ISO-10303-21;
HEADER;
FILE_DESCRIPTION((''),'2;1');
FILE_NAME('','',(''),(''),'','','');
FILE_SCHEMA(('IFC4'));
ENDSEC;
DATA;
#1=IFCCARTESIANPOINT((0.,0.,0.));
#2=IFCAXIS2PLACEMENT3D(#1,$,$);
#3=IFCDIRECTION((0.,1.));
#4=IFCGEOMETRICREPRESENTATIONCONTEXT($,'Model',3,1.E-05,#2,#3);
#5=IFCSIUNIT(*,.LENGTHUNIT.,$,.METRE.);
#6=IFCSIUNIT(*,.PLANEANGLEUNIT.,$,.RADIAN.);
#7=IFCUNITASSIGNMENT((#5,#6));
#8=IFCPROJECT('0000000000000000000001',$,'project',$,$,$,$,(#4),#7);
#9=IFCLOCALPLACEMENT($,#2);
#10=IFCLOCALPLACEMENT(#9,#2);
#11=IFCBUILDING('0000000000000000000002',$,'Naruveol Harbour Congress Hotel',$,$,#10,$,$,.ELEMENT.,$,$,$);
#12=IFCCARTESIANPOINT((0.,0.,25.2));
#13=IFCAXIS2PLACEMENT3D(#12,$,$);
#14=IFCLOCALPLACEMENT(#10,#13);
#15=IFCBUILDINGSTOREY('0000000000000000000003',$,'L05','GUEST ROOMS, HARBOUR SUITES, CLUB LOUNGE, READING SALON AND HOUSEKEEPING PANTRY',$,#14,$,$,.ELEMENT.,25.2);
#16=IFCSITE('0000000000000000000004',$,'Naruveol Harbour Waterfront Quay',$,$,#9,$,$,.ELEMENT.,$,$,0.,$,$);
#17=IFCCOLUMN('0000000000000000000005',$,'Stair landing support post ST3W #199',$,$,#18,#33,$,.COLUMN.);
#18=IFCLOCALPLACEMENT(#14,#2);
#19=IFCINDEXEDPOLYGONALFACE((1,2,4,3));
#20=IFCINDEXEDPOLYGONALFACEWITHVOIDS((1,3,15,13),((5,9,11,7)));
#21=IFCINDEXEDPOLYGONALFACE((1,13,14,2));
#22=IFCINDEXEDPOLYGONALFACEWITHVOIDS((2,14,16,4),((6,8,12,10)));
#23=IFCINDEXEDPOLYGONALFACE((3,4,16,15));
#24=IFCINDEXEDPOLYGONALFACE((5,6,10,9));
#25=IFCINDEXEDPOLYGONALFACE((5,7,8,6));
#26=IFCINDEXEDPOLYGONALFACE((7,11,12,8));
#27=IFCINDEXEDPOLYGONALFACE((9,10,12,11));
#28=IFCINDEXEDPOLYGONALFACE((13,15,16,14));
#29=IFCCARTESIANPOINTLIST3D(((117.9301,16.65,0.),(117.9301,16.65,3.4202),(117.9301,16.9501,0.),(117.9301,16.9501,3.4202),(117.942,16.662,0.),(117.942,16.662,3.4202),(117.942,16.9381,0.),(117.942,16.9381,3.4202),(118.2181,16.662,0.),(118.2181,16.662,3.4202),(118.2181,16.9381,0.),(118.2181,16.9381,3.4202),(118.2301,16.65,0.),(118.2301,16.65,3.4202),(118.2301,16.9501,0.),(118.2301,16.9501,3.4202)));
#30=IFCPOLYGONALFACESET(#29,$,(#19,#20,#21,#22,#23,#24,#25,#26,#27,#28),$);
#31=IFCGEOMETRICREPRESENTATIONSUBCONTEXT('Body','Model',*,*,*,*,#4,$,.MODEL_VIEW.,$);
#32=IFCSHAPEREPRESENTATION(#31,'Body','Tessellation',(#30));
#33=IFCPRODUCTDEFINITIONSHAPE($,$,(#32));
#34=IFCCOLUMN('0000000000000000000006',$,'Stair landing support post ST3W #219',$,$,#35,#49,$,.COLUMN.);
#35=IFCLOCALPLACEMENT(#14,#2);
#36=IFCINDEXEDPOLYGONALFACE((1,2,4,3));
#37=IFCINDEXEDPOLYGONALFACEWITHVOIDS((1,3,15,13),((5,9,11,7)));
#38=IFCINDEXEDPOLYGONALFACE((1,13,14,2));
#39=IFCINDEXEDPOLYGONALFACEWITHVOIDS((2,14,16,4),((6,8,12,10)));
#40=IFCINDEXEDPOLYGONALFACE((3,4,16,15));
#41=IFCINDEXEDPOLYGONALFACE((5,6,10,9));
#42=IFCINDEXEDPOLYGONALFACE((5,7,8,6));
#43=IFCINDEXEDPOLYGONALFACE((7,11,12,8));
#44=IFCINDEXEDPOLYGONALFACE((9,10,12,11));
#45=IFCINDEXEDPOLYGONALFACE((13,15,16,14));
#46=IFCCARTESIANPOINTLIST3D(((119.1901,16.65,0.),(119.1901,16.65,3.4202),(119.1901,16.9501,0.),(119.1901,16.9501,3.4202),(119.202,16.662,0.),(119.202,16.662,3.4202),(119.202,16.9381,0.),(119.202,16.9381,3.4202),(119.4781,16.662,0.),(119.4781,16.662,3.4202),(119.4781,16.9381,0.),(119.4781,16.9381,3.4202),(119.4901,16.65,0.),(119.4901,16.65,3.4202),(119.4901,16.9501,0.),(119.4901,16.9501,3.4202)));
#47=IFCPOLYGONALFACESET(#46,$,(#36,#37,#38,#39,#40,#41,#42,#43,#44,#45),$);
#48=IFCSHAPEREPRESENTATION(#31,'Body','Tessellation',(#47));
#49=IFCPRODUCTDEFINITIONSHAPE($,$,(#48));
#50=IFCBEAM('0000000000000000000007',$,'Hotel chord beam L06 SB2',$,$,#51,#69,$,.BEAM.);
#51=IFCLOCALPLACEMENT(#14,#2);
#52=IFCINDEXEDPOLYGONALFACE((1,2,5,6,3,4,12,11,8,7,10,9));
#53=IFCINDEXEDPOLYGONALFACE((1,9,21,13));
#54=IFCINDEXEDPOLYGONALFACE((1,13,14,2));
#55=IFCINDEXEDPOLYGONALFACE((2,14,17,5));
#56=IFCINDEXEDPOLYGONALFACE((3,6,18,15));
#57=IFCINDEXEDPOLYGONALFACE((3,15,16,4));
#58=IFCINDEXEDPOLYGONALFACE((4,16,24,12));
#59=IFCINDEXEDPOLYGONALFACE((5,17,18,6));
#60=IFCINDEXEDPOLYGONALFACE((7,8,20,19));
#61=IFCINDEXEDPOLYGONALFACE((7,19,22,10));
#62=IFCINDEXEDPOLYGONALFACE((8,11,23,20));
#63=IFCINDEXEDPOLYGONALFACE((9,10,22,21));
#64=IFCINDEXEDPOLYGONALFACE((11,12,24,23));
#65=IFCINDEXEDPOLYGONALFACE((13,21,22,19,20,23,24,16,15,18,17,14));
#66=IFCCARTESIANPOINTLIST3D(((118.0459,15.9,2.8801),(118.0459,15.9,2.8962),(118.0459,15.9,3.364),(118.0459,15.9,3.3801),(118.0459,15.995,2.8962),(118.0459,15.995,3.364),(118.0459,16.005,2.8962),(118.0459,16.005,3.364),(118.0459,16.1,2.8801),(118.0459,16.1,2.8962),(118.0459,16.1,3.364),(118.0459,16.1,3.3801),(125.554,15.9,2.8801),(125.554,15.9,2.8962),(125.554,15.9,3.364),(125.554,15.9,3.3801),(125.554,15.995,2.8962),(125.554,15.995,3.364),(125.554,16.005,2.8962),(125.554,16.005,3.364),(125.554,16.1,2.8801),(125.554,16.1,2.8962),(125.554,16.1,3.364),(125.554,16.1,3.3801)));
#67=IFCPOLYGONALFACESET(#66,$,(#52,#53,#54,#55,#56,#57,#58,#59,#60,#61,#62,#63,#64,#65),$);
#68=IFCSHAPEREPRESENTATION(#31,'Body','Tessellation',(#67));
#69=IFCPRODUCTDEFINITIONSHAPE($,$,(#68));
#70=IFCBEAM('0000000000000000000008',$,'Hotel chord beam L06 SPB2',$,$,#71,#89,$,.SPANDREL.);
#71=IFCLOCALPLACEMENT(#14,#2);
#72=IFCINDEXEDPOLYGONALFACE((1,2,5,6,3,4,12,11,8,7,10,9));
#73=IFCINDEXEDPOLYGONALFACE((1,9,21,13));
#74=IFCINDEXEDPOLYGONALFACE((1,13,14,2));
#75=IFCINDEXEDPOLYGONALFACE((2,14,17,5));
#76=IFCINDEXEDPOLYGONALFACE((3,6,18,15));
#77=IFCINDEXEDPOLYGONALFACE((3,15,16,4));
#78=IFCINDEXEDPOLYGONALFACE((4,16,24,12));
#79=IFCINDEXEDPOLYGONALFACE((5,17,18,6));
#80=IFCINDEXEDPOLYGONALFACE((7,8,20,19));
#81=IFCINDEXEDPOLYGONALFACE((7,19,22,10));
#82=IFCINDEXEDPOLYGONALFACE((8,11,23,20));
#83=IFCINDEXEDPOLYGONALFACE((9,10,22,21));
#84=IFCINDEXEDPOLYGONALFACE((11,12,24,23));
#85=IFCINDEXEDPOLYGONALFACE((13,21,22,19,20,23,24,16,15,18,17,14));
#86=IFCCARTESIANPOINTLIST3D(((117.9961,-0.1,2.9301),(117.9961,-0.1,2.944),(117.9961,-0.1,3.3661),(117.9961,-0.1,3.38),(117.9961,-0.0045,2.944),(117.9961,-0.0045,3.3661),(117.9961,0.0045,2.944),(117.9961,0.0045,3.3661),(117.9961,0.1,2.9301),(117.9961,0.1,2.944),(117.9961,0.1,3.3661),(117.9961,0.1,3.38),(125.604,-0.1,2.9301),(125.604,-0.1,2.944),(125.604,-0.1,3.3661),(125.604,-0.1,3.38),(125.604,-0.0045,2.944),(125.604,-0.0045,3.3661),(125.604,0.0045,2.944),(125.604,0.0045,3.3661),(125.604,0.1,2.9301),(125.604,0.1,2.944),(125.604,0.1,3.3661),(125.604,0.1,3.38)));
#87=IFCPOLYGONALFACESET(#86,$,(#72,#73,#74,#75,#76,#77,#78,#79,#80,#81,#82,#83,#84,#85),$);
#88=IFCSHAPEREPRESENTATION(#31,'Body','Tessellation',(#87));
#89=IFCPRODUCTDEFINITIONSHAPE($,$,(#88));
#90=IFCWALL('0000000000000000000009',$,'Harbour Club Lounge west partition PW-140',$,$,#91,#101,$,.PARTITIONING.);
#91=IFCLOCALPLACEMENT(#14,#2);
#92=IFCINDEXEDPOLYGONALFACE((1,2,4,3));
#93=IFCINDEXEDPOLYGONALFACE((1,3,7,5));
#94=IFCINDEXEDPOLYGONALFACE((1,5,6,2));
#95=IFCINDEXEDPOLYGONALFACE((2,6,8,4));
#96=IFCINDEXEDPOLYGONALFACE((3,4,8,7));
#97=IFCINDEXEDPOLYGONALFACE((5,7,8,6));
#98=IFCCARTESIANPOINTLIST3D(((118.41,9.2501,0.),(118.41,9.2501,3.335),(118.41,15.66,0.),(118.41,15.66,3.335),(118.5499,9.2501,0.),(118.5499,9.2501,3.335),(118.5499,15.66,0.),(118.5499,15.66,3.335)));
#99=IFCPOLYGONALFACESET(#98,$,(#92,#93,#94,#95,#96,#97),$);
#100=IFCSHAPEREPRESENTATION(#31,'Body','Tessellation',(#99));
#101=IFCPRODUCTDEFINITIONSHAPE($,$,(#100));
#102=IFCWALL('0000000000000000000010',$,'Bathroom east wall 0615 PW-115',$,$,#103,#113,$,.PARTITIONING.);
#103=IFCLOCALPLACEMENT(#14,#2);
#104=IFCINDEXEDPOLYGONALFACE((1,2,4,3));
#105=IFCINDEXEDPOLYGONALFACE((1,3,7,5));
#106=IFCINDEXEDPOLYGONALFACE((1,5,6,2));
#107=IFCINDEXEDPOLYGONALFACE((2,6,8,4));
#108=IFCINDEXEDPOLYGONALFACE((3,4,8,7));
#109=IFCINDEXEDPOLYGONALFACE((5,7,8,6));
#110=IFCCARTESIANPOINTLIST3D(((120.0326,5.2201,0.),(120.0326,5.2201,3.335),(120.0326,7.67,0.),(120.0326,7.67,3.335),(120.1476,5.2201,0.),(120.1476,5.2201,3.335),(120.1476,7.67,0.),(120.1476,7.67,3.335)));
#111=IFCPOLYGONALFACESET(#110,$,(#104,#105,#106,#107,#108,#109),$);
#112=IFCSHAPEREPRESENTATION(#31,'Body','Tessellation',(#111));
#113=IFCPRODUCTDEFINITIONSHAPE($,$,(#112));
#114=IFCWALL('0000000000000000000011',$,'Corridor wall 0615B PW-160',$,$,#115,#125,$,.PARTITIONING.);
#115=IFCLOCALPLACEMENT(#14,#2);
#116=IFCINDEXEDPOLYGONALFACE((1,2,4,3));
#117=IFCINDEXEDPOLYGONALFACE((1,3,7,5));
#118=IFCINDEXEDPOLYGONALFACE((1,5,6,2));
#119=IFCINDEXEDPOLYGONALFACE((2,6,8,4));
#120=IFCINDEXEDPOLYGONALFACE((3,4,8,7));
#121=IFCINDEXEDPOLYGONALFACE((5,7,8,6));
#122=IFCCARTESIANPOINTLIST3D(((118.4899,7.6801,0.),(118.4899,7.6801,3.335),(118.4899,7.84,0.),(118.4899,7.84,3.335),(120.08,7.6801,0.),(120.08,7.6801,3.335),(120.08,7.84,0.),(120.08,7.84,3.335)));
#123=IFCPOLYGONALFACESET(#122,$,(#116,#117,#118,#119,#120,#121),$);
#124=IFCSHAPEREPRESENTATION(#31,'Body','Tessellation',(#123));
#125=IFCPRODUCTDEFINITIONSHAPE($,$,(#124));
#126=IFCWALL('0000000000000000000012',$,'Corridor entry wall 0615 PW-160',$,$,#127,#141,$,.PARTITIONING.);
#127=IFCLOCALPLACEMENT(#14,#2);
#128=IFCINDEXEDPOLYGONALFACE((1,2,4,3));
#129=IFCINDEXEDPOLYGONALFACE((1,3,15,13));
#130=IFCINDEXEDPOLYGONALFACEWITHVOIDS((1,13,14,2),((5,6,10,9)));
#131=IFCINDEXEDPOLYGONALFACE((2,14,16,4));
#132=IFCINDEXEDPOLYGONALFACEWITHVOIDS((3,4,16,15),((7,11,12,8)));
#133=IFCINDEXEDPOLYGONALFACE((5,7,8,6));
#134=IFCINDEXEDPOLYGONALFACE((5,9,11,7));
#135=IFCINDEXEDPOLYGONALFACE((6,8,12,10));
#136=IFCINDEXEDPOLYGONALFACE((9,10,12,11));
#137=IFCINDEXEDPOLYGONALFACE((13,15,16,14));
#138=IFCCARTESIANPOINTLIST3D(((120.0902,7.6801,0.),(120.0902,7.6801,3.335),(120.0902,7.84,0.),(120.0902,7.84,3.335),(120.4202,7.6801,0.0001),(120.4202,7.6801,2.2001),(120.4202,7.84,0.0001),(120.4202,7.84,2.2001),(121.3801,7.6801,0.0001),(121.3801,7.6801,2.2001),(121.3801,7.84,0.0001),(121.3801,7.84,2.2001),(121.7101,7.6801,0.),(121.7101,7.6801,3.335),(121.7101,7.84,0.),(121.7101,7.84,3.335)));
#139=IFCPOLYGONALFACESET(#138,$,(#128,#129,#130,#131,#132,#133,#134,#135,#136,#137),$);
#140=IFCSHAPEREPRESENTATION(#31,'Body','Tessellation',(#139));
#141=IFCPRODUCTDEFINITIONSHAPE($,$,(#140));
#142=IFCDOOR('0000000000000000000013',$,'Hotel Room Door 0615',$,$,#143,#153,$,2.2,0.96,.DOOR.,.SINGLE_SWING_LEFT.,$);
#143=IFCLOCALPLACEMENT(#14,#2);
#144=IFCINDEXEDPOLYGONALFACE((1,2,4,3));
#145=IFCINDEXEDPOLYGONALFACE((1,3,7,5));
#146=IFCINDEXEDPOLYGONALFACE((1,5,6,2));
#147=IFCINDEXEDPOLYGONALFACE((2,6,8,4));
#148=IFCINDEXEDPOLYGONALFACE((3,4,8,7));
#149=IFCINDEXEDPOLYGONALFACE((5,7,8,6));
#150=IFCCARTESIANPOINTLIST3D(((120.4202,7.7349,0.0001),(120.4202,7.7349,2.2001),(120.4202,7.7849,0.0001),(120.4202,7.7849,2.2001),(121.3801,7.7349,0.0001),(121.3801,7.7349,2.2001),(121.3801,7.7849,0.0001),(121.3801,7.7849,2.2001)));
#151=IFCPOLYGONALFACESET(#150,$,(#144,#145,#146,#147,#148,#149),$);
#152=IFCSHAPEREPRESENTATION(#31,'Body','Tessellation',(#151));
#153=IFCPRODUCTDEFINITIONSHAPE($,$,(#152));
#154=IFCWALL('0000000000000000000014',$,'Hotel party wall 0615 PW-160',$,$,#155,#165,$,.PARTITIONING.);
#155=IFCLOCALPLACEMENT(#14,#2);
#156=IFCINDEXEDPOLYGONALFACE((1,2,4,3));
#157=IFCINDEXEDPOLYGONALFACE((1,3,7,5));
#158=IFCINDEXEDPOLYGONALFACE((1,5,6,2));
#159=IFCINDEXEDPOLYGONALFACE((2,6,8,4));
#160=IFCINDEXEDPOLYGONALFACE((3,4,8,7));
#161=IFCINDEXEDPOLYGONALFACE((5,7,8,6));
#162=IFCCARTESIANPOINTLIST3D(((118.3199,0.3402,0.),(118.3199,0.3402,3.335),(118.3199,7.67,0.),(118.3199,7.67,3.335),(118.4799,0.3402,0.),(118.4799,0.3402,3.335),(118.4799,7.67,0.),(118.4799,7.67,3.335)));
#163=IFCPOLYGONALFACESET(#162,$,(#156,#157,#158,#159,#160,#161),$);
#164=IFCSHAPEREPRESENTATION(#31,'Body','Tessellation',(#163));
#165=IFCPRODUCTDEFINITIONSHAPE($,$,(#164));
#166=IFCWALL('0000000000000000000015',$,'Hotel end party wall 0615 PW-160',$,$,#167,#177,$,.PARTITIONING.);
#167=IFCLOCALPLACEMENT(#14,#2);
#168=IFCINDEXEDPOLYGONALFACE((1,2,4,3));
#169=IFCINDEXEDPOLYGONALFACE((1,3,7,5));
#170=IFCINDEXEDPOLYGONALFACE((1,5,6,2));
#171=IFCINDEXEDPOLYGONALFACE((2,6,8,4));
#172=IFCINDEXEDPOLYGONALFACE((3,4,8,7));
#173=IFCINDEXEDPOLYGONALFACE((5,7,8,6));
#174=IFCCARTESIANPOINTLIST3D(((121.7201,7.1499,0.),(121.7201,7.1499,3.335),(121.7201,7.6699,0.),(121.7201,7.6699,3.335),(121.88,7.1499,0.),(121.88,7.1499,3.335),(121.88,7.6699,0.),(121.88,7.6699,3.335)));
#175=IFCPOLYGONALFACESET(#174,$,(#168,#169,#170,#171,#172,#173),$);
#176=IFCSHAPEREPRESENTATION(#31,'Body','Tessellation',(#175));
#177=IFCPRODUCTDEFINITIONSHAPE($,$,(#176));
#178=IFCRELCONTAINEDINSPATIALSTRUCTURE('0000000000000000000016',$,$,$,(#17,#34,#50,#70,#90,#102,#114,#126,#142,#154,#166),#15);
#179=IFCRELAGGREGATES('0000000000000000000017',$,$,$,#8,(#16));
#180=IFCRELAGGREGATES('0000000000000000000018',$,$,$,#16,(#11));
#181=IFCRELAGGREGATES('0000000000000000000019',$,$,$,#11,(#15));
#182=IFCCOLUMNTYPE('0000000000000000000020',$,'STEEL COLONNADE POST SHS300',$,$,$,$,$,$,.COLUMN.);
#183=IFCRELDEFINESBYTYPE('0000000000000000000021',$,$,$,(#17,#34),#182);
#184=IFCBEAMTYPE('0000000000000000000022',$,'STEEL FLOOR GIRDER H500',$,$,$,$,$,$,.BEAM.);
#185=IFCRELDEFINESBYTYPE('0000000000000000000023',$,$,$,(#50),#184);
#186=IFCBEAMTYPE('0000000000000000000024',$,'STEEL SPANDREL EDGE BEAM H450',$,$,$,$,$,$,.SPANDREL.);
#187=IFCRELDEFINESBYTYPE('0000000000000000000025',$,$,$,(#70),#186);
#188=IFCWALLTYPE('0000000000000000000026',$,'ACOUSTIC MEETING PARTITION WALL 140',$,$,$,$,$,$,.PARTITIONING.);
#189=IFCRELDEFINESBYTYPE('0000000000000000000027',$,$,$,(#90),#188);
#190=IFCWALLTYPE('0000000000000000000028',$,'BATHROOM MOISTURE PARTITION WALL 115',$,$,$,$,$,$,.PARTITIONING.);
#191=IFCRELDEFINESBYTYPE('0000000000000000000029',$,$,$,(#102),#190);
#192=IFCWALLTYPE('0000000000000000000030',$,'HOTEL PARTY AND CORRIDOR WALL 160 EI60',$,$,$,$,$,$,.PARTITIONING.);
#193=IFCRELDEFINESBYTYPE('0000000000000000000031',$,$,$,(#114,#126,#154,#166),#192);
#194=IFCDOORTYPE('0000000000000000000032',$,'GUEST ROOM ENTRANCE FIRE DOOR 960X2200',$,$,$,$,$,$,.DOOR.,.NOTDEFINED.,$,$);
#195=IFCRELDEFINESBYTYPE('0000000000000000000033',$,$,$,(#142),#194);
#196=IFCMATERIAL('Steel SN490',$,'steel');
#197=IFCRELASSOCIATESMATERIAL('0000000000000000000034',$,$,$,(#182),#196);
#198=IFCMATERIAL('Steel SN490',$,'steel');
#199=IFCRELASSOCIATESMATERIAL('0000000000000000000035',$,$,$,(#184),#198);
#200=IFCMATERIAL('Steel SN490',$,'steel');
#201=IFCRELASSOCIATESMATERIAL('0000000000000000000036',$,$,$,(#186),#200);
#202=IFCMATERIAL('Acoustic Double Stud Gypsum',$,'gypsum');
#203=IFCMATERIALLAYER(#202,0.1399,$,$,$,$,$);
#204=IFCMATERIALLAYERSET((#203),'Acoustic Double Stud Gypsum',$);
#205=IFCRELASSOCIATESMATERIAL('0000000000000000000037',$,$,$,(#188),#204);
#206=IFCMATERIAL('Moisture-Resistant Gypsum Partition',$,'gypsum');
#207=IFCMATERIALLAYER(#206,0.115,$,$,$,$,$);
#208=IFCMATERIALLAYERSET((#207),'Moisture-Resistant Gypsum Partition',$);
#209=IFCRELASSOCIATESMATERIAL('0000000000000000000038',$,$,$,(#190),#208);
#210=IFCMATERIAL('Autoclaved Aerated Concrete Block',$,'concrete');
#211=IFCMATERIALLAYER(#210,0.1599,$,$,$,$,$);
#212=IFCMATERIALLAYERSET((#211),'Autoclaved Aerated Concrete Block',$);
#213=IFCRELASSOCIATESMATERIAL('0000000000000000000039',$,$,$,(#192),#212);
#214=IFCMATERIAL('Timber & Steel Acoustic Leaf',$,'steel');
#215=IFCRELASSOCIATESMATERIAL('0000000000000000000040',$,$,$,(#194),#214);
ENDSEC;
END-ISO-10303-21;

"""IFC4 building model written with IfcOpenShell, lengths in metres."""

from ifc_helpers import new_model, si_unit, direction, frame, frame_2d, origin, origin_2d, place, context, subcontext, project, spatial, rectangle, hollow_rectangle, i_section, extrude, material, layer, layer_set, material_profile, profile_set, type_object, element, fill, save


model = new_model("IFC4")

# Units and contexts
model_context = context("Model", 3, precision=1e-05, world=origin(), true_north=direction((0.0, 1.0)))
body_context = subcontext(model_context, "Body", "Model", "MODEL_VIEW")
ifc_project = project(units=[si_unit("LENGTHUNIT", "METRE"), si_unit("PLANEANGLEUNIT", "RADIAN")], contexts=[model_context])

# Site, building, storey
site_placement = place(None, origin())
site = spatial("IfcSite", under=ifc_project, at=site_placement, Name="Naruveol Harbour Waterfront Quay", CompositionType="ELEMENT", RefElevation=0.0)
building_placement = place(site_placement, origin())
building = spatial("IfcBuilding", under=site, at=building_placement, Name="Naruveol Harbour Congress Hotel", CompositionType="ELEMENT")
storey_placement = place(building_placement, frame((0.0, 0.0, 25.2)))
storey = spatial("IfcBuildingStorey", under=building, at=storey_placement, Name="L05", Description="GUEST ROOMS, HARBOUR SUITES, CLUB LOUNGE, READING SALON AND HOUSEKEEPING PANTRY", CompositionType="ELEMENT", Elevation=25.2)

# Columns
ifc_material_1 = material(Name="Steel SN490", Category="steel")
ifc_material_profile_1 = material_profile(ifc_material_1, hollow_rectangle(XDim=0.3, YDim=0.3, WallThickness=0.012, at=origin_2d()), Name="SHS-300x300x12")
ifc_profile_set_1 = profile_set([ifc_material_profile_1], Name="Steel SN490")
column_type = type_object("IfcColumnType", Name="STEEL COLONNADE POST SHS300", PredefinedType="COLUMN", material=ifc_profile_set_1)
for number, where, z_axis, x_axis, name in (
    (1, (118.0801, 16.8, 0.0), (0.0, 0.0, 1.0), (1.0, 0.0, 0.0), "Stair landing support post ST3W #199"),
    (2, (119.3401, 16.8, 0.0), (0.0, 0.0, 1.0), (1.0, 0.0, 0.0), "Stair landing support post ST3W #219"),
):
    element("IfcColumn", number, at=place(storey_placement, frame(where, z_axis=z_axis, x_axis=x_axis)), inside=storey, type_object=column_type, Name=name, PredefinedType="COLUMN", context=body_context, shape_type="SweptSolid", body=[
        extrude(hollow_rectangle(XDim=0.3, YDim=0.3, WallThickness=0.012, at=origin_2d()), origin(), (0.0, 0.0, 1.0), 3.4202),
    ])

# Beams
ifc_material_2 = material(Name="Steel SN490", Category="steel")
ifc_material_profile_2 = material_profile(ifc_material_2, i_section(OverallWidth=0.2, OverallDepth=0.5, WebThickness=0.01, FlangeThickness=0.0161, at=origin_2d()), Name="H-500x200x10x16")
ifc_profile_set_2 = profile_set([ifc_material_profile_2], Name="Steel SN490")
beam_type_1 = type_object("IfcBeamType", Name="STEEL FLOOR GIRDER H500", PredefinedType="BEAM", material=ifc_profile_set_2)
beam_1_placement = place(storey_placement, frame((118.0459, 16.0, 3.1301), z_axis=(1.0, 0.0, 0.0), x_axis=(0.0, 1.0, 0.0)))
element("IfcBeam", 3, at=beam_1_placement, inside=storey, type_object=beam_type_1, Name="Hotel chord beam L06 SB2", PredefinedType="BEAM", context=body_context, shape_type="SweptSolid", body=[
    extrude(i_section(OverallWidth=0.2, OverallDepth=0.5, WebThickness=0.01, FlangeThickness=0.0161, at=origin_2d()), origin(), (0.0, 0.0, 1.0), 7.5081),
])
ifc_material_3 = material(Name="Steel SN490", Category="steel")
ifc_material_profile_3 = material_profile(ifc_material_3, i_section(OverallWidth=0.2, OverallDepth=0.45, WebThickness=0.009, FlangeThickness=0.0139, at=origin_2d()), Name="H-450x200x9x14")
ifc_profile_set_3 = profile_set([ifc_material_profile_3], Name="Steel SN490")
beam_type_2 = type_object("IfcBeamType", Name="STEEL SPANDREL EDGE BEAM H450", PredefinedType="SPANDREL", material=ifc_profile_set_3)
beam_2_placement = place(storey_placement, frame((117.9961, 0.0, 3.155), z_axis=(1.0, 0.0, 0.0), x_axis=(0.0, 1.0, 0.0)))
element("IfcBeam", 4, at=beam_2_placement, inside=storey, type_object=beam_type_2, Name="Hotel chord beam L06 SPB2", PredefinedType="SPANDREL", context=body_context, shape_type="SweptSolid", body=[
    extrude(i_section(OverallWidth=0.2, OverallDepth=0.45, WebThickness=0.009, FlangeThickness=0.0139, at=origin_2d()), origin(), (0.0, 0.0, 1.0), 7.6079),
])

# Shared definitions
ifc_material_4 = material(Name="Acoustic Double Stud Gypsum", Category="gypsum")
ifc_layer_1 = layer(ifc_material_4, 0.1399)
ifc_layer_set_1 = layer_set([ifc_layer_1], Name="Acoustic Double Stud Gypsum")
wall_type_1 = type_object("IfcWallType", Name="ACOUSTIC MEETING PARTITION WALL 140", PredefinedType="PARTITIONING", material=ifc_layer_set_1)

# Walls
wall_1_placement = place(storey_placement, frame((118.48, 9.25, 0.0), z_axis=(0.0, 0.0, 1.0), x_axis=(0.0, 1.0, 0.0)))
element("IfcWall", 5, at=wall_1_placement, inside=storey, type_object=wall_type_1, Name="Harbour Club Lounge west partition PW-140", PredefinedType="PARTITIONING", context=body_context, shape_type="SweptSolid", body=[
    extrude(rectangle(XDim=6.4099, YDim=0.1399, at=frame_2d((3.2051, 0.0))), origin(), (0.0, 0.0, 1.0), 3.335),
])
ifc_material_5 = material(Name="Moisture-Resistant Gypsum Partition", Category="gypsum")
ifc_layer_2 = layer(ifc_material_5, 0.115)
ifc_layer_set_2 = layer_set([ifc_layer_2], Name="Moisture-Resistant Gypsum Partition")
wall_type_2 = type_object("IfcWallType", Name="BATHROOM MOISTURE PARTITION WALL 115", PredefinedType="PARTITIONING", material=ifc_layer_set_2)
wall_2_placement = place(storey_placement, frame((120.0901, 5.22, 0.0), z_axis=(0.0, 0.0, 1.0), x_axis=(0.0, 1.0, 0.0)))
element("IfcWall", 6, at=wall_2_placement, inside=storey, type_object=wall_type_2, Name="Bathroom east wall 0615 PW-115", PredefinedType="PARTITIONING", context=body_context, shape_type="SweptSolid", body=[
    extrude(rectangle(XDim=2.45, YDim=0.115, at=frame_2d((1.2251, 0.0))), origin(), (0.0, 0.0, 1.0), 3.335),
])

# Wall
ifc_material_6 = material(Name="Autoclaved Aerated Concrete Block", Category="concrete")
ifc_layer_3 = layer(ifc_material_6, 0.1599)
ifc_layer_set_3 = layer_set([ifc_layer_3], Name="Autoclaved Aerated Concrete Block")
wall_type_3 = type_object("IfcWallType", Name="HOTEL PARTY AND CORRIDOR WALL 160 EI60", PredefinedType="PARTITIONING", material=ifc_layer_set_3)
wall_3_placement = place(storey_placement, frame((118.49, 7.76, 0.0), z_axis=(0.0, 0.0, 1.0), x_axis=(1.0, 0.0, 0.0)))
element("IfcWall", 7, at=wall_3_placement, inside=storey, type_object=wall_type_3, Name="Corridor wall 0615B PW-160", PredefinedType="PARTITIONING", context=body_context, shape_type="SweptSolid", body=[
    extrude(rectangle(XDim=1.5901, YDim=0.1599, at=frame_2d((0.7949, 0.0))), origin(), (0.0, 0.0, 1.0), 3.335),
])

# Wall, opening, door
wall_4_placement = place(storey_placement, frame((120.0901, 7.76, 0.0), z_axis=(0.0, 0.0, 1.0), x_axis=(1.0, 0.0, 0.0)))
wall_4 = element("IfcWall", 8, at=wall_4_placement, inside=storey, type_object=wall_type_3, Name="Corridor entry wall 0615 PW-160", PredefinedType="PARTITIONING", context=body_context, shape_type="SweptSolid", body=[
    extrude(rectangle(XDim=1.6199, YDim=0.1599, at=frame_2d((0.8101, 0.0))), origin(), (0.0, 0.0, 1.0), 3.335),
])
opening_1_placement = place(wall_4_placement, frame((0.3301, 0.0, 0.0)))
opening_1 = element("IfcOpeningElement", 9, at=opening_1_placement, cuts=wall_4, PredefinedType="OPENING", context=body_context, shape_type="SweptSolid", body=[
    extrude(rectangle(XDim=0.96, YDim=2.2, at=frame_2d((0.48, 1.1001))), frame((0.0, 0.0898, 0.0), z_axis=(0.0, -1.0, 0.0), x_axis=(1.0, 0.0, 0.0)), (0.0, 0.0, 1.0), 0.1799),
])
ifc_material_7 = material(Name="Timber & Steel Acoustic Leaf", Category="steel")
door_type_1 = type_object("IfcDoorType", Name="GUEST ROOM ENTRANCE FIRE DOOR 960X2200", OperationType="NOTDEFINED", PredefinedType="DOOR", material=ifc_material_7)
door_1_placement = place(opening_1_placement, origin())
door_1 = element("IfcDoor", 10, at=door_1_placement, inside=storey, type_object=door_type_1, Name="Hotel Room Door 0615", OperationType="SINGLE_SWING_LEFT", OverallHeight=2.2, OverallWidth=0.96, PredefinedType="DOOR", context=body_context, shape_type="SweptSolid", body=[
    extrude(rectangle(XDim=0.96, YDim=2.2, at=frame_2d((0.48, 1.1001))), frame((0.0, 0.0249, 0.0), z_axis=(0.0, -1.0, 0.0), x_axis=(1.0, 0.0, 0.0)), (0.0, 0.0, 1.0), 0.05),
])
fill(opening_1, door_1)

# Walls
wall_5_placement = place(storey_placement, frame((118.3999, 0.3401, 0.0), z_axis=(0.0, 0.0, 1.0), x_axis=(0.0, 1.0, 0.0)))
element("IfcWall", 11, at=wall_5_placement, inside=storey, type_object=wall_type_3, Name="Hotel party wall 0615 PW-160", PredefinedType="PARTITIONING", context=body_context, shape_type="SweptSolid", body=[
    extrude(rectangle(XDim=7.3298, YDim=0.1599, at=frame_2d((3.665, 0.0))), origin(), (0.0, 0.0, 1.0), 3.335),
])
wall_6_placement = place(storey_placement, frame((121.8, 7.1499, 0.0), z_axis=(0.0, 0.0, 1.0), x_axis=(0.0, 1.0, 0.0)))
element("IfcWall", 12, at=wall_6_placement, inside=storey, type_object=wall_type_3, Name="Hotel end party wall 0615 PW-160", PredefinedType="PARTITIONING", context=body_context, shape_type="SweptSolid", body=[
    extrude(rectangle(XDim=0.52, YDim=0.1599, at=frame_2d((0.26, 0.0))), origin(), (0.0, 0.0, 1.0), 3.335),
])

save(model, "model.ifc")
